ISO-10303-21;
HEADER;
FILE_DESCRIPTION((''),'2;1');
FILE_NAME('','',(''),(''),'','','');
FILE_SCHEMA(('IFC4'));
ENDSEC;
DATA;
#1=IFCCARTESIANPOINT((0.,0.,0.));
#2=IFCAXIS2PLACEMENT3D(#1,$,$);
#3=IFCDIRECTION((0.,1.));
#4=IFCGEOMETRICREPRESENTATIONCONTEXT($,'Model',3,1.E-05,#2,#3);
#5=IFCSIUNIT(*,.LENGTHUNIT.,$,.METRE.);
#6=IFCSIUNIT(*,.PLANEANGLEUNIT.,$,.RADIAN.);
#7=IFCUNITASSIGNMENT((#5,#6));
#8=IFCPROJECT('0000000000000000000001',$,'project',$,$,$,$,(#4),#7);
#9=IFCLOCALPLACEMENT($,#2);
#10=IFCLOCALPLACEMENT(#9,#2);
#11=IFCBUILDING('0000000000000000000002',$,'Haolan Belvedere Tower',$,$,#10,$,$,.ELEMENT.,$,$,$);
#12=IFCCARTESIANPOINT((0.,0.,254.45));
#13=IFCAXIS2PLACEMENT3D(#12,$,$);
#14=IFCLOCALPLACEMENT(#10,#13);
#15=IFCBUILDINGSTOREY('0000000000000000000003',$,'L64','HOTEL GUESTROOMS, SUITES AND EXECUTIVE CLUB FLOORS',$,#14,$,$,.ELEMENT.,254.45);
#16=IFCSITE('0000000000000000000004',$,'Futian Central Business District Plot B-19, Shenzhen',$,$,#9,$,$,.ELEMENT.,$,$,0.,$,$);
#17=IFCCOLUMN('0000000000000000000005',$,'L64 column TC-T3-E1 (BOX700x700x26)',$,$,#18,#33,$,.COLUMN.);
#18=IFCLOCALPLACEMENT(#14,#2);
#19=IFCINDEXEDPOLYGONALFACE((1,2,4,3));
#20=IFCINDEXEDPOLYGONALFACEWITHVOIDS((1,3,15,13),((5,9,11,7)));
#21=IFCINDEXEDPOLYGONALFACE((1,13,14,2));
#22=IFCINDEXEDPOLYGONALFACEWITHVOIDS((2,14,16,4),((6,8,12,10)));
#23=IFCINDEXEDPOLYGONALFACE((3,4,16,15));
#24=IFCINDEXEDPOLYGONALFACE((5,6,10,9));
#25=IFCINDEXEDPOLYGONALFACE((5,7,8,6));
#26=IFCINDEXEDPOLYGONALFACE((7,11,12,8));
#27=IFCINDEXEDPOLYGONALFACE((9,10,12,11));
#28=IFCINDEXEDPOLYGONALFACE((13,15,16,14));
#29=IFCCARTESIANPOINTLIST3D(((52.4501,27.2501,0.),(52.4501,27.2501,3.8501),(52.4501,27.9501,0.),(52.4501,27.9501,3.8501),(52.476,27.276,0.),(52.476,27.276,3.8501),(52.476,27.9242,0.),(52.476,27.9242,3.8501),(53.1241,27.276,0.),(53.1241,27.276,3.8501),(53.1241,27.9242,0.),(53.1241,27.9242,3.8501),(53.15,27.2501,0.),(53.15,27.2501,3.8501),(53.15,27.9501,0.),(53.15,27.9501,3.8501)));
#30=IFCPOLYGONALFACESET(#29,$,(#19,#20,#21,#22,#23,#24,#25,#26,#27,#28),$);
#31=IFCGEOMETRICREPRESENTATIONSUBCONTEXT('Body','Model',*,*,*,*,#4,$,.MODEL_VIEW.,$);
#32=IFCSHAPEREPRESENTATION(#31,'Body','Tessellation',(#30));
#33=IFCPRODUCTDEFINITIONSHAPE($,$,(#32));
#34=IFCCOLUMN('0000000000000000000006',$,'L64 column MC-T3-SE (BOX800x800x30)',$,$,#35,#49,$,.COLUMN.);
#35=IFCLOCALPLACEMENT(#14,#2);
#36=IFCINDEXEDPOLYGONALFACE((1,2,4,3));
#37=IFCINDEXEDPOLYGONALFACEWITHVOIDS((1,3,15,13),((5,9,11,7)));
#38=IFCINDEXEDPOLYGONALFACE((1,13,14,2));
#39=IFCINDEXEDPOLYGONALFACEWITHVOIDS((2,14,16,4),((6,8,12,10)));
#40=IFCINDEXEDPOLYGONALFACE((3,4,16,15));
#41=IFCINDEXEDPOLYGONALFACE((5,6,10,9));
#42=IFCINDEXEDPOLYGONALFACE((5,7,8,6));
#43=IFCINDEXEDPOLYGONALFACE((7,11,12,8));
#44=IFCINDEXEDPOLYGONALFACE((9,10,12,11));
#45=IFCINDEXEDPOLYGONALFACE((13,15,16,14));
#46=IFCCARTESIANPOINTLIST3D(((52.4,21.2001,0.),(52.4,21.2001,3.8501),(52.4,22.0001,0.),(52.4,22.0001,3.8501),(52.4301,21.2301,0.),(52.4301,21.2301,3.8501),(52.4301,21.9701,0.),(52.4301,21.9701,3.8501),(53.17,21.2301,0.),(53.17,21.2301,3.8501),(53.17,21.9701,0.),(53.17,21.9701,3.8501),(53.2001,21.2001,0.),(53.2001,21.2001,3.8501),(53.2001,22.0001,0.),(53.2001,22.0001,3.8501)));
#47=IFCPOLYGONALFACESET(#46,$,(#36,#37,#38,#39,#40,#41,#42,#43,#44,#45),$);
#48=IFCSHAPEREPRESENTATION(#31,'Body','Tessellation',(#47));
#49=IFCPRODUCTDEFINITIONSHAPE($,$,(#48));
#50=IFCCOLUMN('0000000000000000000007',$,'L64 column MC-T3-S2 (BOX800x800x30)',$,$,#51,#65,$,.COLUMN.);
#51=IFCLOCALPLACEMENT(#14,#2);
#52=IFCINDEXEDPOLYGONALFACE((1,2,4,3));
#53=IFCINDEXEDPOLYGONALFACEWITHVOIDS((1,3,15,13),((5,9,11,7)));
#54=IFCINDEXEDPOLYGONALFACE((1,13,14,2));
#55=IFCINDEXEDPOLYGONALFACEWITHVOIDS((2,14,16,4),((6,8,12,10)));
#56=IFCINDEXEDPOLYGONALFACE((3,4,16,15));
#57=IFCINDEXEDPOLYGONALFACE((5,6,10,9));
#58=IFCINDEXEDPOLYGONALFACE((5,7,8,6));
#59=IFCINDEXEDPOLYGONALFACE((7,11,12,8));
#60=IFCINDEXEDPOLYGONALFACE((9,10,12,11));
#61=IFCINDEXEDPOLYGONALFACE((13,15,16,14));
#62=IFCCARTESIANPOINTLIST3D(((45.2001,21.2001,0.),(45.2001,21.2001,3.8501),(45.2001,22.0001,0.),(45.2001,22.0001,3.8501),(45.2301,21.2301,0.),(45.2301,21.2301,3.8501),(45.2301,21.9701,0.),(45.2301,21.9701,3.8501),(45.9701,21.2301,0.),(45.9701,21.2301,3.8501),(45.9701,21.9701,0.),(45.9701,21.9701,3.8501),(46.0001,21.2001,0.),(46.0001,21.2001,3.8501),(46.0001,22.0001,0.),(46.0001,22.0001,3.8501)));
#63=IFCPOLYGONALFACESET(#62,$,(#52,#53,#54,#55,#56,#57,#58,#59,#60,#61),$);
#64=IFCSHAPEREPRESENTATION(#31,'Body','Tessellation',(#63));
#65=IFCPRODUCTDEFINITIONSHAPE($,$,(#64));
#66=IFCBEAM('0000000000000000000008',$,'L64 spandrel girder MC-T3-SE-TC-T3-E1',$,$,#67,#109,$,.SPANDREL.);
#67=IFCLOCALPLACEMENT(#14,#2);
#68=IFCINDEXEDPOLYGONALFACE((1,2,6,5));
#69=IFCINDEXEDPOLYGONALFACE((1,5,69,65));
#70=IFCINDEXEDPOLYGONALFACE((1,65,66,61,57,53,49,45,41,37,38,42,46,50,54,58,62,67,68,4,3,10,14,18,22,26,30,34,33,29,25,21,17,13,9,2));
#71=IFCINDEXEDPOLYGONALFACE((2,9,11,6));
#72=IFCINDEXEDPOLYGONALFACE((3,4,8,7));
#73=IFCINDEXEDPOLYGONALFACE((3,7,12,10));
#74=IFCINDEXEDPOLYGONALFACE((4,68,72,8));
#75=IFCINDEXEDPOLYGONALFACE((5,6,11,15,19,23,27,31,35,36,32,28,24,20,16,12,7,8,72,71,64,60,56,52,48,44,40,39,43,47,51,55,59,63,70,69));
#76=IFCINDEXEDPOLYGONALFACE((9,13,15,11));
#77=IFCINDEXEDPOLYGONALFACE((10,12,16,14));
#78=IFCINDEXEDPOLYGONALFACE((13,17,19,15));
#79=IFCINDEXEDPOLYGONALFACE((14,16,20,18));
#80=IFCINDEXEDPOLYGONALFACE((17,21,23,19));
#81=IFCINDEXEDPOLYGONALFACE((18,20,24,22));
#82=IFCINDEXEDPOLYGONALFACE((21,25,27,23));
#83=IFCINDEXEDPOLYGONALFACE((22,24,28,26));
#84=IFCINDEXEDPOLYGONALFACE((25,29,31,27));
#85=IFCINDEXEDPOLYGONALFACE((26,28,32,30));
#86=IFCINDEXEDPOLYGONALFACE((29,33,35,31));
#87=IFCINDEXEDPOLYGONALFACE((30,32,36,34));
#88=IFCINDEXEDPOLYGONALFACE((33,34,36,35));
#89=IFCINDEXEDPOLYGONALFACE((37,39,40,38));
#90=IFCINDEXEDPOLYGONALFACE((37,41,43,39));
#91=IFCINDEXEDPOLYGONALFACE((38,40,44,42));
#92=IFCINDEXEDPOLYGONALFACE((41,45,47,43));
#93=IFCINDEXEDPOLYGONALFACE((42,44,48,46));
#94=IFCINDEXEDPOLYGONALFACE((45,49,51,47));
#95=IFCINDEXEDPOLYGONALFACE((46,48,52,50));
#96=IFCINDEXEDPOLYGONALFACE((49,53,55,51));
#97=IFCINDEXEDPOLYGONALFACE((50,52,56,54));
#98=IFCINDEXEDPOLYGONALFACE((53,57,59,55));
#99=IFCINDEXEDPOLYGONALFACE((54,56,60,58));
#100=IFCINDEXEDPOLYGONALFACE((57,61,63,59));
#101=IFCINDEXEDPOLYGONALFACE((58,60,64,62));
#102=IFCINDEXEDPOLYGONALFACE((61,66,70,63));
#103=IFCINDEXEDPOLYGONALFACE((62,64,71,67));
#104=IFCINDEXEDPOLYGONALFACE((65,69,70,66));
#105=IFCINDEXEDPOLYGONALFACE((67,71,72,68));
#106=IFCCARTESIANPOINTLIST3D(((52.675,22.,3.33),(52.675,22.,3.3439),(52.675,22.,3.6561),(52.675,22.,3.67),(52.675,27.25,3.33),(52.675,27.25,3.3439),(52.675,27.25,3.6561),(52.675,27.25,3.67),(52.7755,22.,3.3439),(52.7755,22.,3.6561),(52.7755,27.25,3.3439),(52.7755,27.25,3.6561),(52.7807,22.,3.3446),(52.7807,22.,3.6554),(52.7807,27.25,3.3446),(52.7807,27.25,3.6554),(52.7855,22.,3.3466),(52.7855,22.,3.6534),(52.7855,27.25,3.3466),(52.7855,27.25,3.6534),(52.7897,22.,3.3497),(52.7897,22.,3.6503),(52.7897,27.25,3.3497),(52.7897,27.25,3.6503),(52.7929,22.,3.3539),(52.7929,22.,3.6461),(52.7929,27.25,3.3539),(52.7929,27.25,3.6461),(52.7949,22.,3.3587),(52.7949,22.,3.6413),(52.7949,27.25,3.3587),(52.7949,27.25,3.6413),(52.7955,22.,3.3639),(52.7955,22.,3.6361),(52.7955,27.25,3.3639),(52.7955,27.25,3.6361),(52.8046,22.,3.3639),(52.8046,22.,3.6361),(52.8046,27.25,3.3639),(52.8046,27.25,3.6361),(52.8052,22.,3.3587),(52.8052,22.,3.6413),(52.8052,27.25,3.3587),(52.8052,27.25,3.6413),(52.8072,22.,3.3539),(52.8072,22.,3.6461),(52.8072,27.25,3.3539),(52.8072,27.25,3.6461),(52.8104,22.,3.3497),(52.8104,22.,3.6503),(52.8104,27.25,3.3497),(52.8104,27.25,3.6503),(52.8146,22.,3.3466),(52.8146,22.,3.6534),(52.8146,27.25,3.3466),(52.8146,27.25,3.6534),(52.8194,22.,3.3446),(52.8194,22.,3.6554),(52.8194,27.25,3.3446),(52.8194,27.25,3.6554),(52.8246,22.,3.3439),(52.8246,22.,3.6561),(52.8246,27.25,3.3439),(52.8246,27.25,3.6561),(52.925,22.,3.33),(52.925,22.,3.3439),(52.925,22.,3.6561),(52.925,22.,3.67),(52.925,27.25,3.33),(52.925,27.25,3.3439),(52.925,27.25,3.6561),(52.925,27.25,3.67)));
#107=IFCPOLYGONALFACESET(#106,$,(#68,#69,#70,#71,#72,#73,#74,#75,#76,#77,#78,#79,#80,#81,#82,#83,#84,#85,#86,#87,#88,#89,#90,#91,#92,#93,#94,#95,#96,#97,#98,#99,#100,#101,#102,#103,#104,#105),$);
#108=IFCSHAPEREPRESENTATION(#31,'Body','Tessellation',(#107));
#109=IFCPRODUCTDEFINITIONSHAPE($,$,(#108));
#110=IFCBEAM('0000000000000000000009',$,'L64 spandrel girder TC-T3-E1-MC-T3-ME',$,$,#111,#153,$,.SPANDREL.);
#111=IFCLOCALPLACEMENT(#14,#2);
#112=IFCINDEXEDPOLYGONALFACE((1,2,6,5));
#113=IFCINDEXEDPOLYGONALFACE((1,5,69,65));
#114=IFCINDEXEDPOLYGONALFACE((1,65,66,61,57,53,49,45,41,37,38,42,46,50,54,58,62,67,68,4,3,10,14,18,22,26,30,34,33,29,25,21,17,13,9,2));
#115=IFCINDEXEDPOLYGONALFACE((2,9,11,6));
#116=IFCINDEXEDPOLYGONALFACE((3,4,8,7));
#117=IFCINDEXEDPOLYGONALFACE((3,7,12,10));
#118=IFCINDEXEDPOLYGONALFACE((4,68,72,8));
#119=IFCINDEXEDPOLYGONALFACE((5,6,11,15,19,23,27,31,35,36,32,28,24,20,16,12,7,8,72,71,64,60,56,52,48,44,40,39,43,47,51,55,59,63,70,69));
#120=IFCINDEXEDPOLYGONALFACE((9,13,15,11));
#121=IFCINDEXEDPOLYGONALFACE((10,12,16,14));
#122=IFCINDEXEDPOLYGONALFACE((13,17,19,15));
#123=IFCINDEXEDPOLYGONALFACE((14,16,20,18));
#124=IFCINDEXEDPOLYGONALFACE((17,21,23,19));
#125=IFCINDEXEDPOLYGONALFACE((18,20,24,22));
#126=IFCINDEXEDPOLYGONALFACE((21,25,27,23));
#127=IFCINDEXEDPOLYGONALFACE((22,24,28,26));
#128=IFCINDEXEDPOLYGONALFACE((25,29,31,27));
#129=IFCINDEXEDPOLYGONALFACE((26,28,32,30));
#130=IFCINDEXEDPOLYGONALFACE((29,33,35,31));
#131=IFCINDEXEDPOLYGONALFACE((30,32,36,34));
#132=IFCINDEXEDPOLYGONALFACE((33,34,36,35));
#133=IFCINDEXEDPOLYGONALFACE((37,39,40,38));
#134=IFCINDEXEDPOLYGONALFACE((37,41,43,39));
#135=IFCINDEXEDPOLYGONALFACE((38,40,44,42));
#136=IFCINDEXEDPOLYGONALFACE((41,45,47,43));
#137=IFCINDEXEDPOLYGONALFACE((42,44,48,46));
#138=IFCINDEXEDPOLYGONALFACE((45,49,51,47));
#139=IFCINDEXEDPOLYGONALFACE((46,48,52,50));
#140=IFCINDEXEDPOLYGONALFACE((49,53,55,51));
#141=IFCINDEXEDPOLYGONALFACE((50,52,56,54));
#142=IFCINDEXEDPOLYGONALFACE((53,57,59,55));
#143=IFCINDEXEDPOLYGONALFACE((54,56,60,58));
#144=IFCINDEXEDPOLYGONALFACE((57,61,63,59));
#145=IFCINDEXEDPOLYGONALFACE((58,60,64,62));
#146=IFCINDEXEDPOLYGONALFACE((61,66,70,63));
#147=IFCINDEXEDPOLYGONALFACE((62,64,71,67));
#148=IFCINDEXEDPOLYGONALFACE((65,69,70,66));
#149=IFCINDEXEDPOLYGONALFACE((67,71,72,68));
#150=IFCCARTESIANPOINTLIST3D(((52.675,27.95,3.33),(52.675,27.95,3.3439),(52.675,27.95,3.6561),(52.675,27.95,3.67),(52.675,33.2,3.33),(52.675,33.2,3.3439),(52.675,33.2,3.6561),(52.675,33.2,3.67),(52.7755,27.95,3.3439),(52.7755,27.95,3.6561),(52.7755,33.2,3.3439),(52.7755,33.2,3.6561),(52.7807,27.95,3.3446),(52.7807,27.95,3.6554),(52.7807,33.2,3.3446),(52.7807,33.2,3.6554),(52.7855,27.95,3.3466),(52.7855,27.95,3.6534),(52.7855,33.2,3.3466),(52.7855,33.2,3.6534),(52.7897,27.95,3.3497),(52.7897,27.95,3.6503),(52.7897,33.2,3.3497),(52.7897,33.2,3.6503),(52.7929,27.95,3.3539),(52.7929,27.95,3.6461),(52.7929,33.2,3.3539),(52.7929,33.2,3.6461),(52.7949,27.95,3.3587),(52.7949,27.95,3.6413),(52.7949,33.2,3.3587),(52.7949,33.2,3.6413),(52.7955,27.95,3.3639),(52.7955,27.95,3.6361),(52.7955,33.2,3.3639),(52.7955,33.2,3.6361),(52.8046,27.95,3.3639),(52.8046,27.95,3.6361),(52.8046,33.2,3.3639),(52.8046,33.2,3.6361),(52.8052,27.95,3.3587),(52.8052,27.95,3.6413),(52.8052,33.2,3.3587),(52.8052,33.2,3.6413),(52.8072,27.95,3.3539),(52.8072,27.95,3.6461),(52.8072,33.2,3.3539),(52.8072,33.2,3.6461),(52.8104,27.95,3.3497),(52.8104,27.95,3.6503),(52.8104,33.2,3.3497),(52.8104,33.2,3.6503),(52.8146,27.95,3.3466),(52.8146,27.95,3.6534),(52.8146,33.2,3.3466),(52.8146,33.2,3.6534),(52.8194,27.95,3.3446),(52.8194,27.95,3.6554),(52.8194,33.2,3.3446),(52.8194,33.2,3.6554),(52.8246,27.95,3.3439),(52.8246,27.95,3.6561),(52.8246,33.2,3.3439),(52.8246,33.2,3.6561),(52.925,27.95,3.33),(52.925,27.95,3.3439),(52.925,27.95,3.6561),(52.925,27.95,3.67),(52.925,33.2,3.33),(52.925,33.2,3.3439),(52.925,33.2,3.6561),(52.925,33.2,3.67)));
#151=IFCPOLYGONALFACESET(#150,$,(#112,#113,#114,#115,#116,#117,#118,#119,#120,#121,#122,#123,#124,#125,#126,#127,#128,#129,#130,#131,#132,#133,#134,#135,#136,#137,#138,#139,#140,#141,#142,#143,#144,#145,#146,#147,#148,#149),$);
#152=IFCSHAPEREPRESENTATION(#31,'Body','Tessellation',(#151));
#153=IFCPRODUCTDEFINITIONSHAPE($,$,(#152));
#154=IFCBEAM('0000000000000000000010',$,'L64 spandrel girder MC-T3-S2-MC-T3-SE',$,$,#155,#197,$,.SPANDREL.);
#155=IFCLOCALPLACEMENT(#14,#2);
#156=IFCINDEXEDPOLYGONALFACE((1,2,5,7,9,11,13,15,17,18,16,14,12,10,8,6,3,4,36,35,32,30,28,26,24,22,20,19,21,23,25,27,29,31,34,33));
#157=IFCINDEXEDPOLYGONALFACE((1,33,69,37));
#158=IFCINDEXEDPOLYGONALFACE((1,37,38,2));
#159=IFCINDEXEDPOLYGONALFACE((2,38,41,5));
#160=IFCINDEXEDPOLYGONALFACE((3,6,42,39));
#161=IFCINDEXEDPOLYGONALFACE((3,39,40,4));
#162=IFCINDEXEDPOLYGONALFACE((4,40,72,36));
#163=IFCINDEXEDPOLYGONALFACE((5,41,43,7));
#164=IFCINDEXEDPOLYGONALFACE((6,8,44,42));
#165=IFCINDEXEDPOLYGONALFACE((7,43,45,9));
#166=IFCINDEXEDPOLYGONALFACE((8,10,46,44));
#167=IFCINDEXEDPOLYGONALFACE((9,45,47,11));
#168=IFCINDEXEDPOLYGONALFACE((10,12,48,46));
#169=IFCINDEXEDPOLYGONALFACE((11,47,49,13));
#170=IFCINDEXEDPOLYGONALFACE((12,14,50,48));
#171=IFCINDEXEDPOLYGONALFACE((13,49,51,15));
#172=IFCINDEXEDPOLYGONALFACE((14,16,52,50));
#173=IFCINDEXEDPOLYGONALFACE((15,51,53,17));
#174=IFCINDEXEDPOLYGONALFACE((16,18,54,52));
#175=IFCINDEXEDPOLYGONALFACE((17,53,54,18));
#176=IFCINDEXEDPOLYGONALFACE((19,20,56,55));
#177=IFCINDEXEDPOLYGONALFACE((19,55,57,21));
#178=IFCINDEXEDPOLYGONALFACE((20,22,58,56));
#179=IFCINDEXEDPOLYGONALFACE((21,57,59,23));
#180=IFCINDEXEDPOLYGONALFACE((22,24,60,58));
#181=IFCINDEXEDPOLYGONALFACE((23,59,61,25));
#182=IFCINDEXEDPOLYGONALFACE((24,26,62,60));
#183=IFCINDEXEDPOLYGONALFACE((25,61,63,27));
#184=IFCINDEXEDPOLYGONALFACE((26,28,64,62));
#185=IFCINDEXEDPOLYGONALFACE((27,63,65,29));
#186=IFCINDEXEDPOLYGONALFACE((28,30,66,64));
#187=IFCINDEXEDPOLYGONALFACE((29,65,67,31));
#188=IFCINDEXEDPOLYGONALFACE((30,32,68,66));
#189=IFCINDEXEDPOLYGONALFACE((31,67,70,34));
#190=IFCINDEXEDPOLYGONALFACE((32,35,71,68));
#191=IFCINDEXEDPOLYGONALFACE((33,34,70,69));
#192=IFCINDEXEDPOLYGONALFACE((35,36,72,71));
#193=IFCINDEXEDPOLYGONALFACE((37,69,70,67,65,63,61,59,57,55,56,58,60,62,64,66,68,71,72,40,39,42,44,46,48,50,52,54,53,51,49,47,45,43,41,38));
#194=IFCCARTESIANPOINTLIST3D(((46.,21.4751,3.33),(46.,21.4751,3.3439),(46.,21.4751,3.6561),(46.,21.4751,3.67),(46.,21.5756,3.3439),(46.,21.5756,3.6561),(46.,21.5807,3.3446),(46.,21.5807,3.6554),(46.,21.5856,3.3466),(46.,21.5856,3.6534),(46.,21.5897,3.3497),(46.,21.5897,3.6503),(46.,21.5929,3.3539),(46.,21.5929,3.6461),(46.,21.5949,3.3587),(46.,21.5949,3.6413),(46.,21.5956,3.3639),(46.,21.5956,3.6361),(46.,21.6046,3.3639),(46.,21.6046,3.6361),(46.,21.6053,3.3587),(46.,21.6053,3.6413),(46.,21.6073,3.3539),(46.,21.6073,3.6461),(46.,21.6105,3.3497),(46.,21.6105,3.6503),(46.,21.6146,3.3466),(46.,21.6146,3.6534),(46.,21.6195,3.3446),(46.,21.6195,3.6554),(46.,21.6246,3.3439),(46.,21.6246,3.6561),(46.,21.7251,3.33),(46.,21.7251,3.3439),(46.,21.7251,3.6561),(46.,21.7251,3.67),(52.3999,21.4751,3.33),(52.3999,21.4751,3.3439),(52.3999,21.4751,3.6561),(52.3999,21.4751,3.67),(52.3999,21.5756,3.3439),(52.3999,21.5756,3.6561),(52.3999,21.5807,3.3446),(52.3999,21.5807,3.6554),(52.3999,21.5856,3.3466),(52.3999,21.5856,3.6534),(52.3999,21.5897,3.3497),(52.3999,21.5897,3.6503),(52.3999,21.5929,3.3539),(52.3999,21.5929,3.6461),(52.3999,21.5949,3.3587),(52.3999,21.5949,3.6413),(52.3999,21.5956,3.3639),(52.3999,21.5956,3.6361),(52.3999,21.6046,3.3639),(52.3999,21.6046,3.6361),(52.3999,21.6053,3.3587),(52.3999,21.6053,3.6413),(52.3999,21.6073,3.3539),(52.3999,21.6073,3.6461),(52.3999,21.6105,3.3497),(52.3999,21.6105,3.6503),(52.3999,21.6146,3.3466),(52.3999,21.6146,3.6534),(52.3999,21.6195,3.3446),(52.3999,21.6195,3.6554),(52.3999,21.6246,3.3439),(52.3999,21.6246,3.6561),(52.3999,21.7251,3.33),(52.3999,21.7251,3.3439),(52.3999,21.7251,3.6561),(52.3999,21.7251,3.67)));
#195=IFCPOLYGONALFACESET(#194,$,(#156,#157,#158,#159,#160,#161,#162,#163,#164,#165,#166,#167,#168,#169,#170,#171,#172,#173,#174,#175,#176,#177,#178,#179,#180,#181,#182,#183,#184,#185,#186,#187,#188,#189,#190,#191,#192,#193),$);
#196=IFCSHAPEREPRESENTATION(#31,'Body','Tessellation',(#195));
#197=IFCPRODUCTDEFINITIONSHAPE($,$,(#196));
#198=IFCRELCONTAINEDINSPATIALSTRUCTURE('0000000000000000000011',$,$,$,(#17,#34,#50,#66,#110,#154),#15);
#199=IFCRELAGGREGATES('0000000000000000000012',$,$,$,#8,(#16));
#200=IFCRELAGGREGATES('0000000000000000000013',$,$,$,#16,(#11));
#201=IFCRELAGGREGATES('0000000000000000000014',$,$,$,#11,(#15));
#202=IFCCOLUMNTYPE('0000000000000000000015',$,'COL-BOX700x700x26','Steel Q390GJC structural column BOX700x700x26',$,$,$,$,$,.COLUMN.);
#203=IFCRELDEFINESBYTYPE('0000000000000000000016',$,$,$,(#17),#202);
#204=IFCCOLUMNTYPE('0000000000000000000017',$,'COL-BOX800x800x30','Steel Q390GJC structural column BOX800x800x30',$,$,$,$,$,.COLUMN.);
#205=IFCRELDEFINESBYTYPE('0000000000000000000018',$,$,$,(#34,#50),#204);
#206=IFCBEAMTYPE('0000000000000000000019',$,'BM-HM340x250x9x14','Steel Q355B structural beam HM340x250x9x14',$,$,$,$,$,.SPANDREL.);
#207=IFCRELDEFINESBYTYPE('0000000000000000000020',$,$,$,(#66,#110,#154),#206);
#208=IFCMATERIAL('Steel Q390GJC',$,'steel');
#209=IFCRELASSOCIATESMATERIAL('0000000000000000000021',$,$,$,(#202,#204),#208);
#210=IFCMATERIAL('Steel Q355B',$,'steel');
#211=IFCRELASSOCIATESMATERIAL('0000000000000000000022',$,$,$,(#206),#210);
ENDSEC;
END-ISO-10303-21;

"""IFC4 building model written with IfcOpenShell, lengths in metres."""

from ifc_helpers import new_model, si_unit, direction, frame, origin, origin_2d, place, context, subcontext, project, spatial, hollow_rectangle, i_section, extrude, material, material_profile, profile_set, type_object, element, save


model = new_model("IFC4")

# Units and contexts
model_context = context("Model", 3, precision=1e-05, world=origin(), true_north=direction((0.0, 1.0)))
body_context = subcontext(model_context, "Body", "Model", "MODEL_VIEW")
ifc_project = project(units=[si_unit("LENGTHUNIT", "METRE"), si_unit("PLANEANGLEUNIT", "RADIAN")], contexts=[model_context])

# Site, building, storey
site_placement = place(None, origin())
site = spatial("IfcSite", under=ifc_project, at=site_placement, Name="Futian Central Business District Plot B-19, Shenzhen", CompositionType="ELEMENT", RefElevation=0.0)
building_placement = place(site_placement, origin())
building = spatial("IfcBuilding", under=site, at=building_placement, Name="Haolan Belvedere Tower", CompositionType="ELEMENT")
storey_placement = place(building_placement, frame((0.0, 0.0, 254.45)))
storey = spatial("IfcBuildingStorey", under=building, at=storey_placement, Name="L64", Description="HOTEL GUESTROOMS, SUITES AND EXECUTIVE CLUB FLOORS", CompositionType="ELEMENT", Elevation=254.45)

# Columns
ifc_material_1 = material(Name="Steel Q390GJC", Category="steel")
ifc_material_profile_1 = material_profile(ifc_material_1, hollow_rectangle(XDim=0.7, YDim=0.7, WallThickness=0.0259, at=origin_2d()), Name="Steel Q390GJC")
ifc_profile_set_1 = profile_set([ifc_material_profile_1], Name="Steel Q390GJC")
column_type_1 = type_object("IfcColumnType", Name="COL-BOX700x700x26", Description="Steel Q390GJC structural column BOX700x700x26", PredefinedType="COLUMN", material=ifc_profile_set_1)
column_placement = place(storey_placement, frame((52.8, 27.6001, 0.0), z_axis=(0.0, 0.0, 1.0), x_axis=(1.0, 0.0, 0.0)))
element("IfcColumn", 1, at=column_placement, inside=storey, type_object=column_type_1, Name="L64 column TC-T3-E1 (BOX700x700x26)", PredefinedType="COLUMN", context=body_context, shape_type="SweptSolid", body=[
    extrude(hollow_rectangle(XDim=0.7, YDim=0.7, WallThickness=0.0259, at=origin_2d()), origin(), (0.0, 0.0, 1.0), 3.8501),
])
ifc_material_profile_2 = material_profile(ifc_material_1, hollow_rectangle(XDim=0.8, YDim=0.8, WallThickness=0.03, at=origin_2d()), Name="Steel Q390GJC")
ifc_profile_set_2 = profile_set([ifc_material_profile_2], Name="Steel Q390GJC")
column_type_2 = type_object("IfcColumnType", Name="COL-BOX800x800x30", Description="Steel Q390GJC structural column BOX800x800x30", PredefinedType="COLUMN", material=ifc_profile_set_2)
for number, where, z_axis, x_axis, name in (
    (2, (52.8, 21.6001, 0.0), (0.0, 0.0, 1.0), (1.0, 0.0, 0.0), "L64 column MC-T3-SE (BOX800x800x30)"),
    (3, (45.6001, 21.6001, 0.0), (0.0, 0.0, 1.0), (1.0, 0.0, 0.0), "L64 column MC-T3-S2 (BOX800x800x30)"),
):
    element("IfcColumn", number, at=place(storey_placement, frame(where, z_axis=z_axis, x_axis=x_axis)), inside=storey, type_object=column_type_2, Name=name, PredefinedType="COLUMN", context=body_context, shape_type="SweptSolid", body=[
        extrude(hollow_rectangle(XDim=0.8, YDim=0.8, WallThickness=0.03, at=origin_2d()), origin(), (0.0, 0.0, 1.0), 3.8501),
    ])

# Beams
ifc_material_2 = material(Name="Steel Q355B", Category="steel")
ifc_material_profile_3 = material_profile(ifc_material_2, i_section(OverallWidth=0.25, OverallDepth=0.3401, WebThickness=0.009, FlangeThickness=0.0139, FilletRadius=0.02, at=origin_2d()), Name="Steel Q355B")
ifc_profile_set_3 = profile_set([ifc_material_profile_3], Name="Steel Q355B")
beam_type_1 = type_object("IfcBeamType", Name="BM-HM340x250x9x14", Description="Steel Q355B structural beam HM340x250x9x14", PredefinedType="SPANDREL", material=ifc_profile_set_3)
for number, where, z_axis, x_axis, name in (
    (4, (52.8, 22.0, 3.5), (0.0, 1.0, 0.0), (-1.0, 0.0, 0.0), "L64 spandrel girder MC-T3-SE-TC-T3-E1"),
    (5, (52.8, 27.95, 3.5), (0.0, 1.0, 0.0), (-1.0, 0.0, 0.0), "L64 spandrel girder TC-T3-E1-MC-T3-ME"),
):
    element("IfcBeam", number, at=place(storey_placement, frame(where, z_axis=z_axis, x_axis=x_axis)), inside=storey, type_object=beam_type_1, Name=name, PredefinedType="SPANDREL", context=body_context, shape_type="SweptSolid", body=[
        extrude(i_section(OverallWidth=0.25, OverallDepth=0.3401, WebThickness=0.009, FlangeThickness=0.0139, FilletRadius=0.02, at=origin_2d()), origin(), (0.0, 0.0, 1.0), 5.25),
    ])
beam_1_placement = place(storey_placement, frame((46.0, 21.6001, 3.5), z_axis=(1.0, 0.0, 0.0), x_axis=(0.0, 1.0, 0.0)))
element("IfcBeam", 6, at=beam_1_placement, inside=storey, type_object=beam_type_1, Name="L64 spandrel girder MC-T3-S2-MC-T3-SE", PredefinedType="SPANDREL", context=body_context, shape_type="SweptSolid", body=[
    extrude(i_section(OverallWidth=0.25, OverallDepth=0.3401, WebThickness=0.009, FlangeThickness=0.0139, FilletRadius=0.02, at=origin_2d()), origin(), (0.0, 0.0, 1.0), 6.3999),
])

save(model, "model.ifc")
